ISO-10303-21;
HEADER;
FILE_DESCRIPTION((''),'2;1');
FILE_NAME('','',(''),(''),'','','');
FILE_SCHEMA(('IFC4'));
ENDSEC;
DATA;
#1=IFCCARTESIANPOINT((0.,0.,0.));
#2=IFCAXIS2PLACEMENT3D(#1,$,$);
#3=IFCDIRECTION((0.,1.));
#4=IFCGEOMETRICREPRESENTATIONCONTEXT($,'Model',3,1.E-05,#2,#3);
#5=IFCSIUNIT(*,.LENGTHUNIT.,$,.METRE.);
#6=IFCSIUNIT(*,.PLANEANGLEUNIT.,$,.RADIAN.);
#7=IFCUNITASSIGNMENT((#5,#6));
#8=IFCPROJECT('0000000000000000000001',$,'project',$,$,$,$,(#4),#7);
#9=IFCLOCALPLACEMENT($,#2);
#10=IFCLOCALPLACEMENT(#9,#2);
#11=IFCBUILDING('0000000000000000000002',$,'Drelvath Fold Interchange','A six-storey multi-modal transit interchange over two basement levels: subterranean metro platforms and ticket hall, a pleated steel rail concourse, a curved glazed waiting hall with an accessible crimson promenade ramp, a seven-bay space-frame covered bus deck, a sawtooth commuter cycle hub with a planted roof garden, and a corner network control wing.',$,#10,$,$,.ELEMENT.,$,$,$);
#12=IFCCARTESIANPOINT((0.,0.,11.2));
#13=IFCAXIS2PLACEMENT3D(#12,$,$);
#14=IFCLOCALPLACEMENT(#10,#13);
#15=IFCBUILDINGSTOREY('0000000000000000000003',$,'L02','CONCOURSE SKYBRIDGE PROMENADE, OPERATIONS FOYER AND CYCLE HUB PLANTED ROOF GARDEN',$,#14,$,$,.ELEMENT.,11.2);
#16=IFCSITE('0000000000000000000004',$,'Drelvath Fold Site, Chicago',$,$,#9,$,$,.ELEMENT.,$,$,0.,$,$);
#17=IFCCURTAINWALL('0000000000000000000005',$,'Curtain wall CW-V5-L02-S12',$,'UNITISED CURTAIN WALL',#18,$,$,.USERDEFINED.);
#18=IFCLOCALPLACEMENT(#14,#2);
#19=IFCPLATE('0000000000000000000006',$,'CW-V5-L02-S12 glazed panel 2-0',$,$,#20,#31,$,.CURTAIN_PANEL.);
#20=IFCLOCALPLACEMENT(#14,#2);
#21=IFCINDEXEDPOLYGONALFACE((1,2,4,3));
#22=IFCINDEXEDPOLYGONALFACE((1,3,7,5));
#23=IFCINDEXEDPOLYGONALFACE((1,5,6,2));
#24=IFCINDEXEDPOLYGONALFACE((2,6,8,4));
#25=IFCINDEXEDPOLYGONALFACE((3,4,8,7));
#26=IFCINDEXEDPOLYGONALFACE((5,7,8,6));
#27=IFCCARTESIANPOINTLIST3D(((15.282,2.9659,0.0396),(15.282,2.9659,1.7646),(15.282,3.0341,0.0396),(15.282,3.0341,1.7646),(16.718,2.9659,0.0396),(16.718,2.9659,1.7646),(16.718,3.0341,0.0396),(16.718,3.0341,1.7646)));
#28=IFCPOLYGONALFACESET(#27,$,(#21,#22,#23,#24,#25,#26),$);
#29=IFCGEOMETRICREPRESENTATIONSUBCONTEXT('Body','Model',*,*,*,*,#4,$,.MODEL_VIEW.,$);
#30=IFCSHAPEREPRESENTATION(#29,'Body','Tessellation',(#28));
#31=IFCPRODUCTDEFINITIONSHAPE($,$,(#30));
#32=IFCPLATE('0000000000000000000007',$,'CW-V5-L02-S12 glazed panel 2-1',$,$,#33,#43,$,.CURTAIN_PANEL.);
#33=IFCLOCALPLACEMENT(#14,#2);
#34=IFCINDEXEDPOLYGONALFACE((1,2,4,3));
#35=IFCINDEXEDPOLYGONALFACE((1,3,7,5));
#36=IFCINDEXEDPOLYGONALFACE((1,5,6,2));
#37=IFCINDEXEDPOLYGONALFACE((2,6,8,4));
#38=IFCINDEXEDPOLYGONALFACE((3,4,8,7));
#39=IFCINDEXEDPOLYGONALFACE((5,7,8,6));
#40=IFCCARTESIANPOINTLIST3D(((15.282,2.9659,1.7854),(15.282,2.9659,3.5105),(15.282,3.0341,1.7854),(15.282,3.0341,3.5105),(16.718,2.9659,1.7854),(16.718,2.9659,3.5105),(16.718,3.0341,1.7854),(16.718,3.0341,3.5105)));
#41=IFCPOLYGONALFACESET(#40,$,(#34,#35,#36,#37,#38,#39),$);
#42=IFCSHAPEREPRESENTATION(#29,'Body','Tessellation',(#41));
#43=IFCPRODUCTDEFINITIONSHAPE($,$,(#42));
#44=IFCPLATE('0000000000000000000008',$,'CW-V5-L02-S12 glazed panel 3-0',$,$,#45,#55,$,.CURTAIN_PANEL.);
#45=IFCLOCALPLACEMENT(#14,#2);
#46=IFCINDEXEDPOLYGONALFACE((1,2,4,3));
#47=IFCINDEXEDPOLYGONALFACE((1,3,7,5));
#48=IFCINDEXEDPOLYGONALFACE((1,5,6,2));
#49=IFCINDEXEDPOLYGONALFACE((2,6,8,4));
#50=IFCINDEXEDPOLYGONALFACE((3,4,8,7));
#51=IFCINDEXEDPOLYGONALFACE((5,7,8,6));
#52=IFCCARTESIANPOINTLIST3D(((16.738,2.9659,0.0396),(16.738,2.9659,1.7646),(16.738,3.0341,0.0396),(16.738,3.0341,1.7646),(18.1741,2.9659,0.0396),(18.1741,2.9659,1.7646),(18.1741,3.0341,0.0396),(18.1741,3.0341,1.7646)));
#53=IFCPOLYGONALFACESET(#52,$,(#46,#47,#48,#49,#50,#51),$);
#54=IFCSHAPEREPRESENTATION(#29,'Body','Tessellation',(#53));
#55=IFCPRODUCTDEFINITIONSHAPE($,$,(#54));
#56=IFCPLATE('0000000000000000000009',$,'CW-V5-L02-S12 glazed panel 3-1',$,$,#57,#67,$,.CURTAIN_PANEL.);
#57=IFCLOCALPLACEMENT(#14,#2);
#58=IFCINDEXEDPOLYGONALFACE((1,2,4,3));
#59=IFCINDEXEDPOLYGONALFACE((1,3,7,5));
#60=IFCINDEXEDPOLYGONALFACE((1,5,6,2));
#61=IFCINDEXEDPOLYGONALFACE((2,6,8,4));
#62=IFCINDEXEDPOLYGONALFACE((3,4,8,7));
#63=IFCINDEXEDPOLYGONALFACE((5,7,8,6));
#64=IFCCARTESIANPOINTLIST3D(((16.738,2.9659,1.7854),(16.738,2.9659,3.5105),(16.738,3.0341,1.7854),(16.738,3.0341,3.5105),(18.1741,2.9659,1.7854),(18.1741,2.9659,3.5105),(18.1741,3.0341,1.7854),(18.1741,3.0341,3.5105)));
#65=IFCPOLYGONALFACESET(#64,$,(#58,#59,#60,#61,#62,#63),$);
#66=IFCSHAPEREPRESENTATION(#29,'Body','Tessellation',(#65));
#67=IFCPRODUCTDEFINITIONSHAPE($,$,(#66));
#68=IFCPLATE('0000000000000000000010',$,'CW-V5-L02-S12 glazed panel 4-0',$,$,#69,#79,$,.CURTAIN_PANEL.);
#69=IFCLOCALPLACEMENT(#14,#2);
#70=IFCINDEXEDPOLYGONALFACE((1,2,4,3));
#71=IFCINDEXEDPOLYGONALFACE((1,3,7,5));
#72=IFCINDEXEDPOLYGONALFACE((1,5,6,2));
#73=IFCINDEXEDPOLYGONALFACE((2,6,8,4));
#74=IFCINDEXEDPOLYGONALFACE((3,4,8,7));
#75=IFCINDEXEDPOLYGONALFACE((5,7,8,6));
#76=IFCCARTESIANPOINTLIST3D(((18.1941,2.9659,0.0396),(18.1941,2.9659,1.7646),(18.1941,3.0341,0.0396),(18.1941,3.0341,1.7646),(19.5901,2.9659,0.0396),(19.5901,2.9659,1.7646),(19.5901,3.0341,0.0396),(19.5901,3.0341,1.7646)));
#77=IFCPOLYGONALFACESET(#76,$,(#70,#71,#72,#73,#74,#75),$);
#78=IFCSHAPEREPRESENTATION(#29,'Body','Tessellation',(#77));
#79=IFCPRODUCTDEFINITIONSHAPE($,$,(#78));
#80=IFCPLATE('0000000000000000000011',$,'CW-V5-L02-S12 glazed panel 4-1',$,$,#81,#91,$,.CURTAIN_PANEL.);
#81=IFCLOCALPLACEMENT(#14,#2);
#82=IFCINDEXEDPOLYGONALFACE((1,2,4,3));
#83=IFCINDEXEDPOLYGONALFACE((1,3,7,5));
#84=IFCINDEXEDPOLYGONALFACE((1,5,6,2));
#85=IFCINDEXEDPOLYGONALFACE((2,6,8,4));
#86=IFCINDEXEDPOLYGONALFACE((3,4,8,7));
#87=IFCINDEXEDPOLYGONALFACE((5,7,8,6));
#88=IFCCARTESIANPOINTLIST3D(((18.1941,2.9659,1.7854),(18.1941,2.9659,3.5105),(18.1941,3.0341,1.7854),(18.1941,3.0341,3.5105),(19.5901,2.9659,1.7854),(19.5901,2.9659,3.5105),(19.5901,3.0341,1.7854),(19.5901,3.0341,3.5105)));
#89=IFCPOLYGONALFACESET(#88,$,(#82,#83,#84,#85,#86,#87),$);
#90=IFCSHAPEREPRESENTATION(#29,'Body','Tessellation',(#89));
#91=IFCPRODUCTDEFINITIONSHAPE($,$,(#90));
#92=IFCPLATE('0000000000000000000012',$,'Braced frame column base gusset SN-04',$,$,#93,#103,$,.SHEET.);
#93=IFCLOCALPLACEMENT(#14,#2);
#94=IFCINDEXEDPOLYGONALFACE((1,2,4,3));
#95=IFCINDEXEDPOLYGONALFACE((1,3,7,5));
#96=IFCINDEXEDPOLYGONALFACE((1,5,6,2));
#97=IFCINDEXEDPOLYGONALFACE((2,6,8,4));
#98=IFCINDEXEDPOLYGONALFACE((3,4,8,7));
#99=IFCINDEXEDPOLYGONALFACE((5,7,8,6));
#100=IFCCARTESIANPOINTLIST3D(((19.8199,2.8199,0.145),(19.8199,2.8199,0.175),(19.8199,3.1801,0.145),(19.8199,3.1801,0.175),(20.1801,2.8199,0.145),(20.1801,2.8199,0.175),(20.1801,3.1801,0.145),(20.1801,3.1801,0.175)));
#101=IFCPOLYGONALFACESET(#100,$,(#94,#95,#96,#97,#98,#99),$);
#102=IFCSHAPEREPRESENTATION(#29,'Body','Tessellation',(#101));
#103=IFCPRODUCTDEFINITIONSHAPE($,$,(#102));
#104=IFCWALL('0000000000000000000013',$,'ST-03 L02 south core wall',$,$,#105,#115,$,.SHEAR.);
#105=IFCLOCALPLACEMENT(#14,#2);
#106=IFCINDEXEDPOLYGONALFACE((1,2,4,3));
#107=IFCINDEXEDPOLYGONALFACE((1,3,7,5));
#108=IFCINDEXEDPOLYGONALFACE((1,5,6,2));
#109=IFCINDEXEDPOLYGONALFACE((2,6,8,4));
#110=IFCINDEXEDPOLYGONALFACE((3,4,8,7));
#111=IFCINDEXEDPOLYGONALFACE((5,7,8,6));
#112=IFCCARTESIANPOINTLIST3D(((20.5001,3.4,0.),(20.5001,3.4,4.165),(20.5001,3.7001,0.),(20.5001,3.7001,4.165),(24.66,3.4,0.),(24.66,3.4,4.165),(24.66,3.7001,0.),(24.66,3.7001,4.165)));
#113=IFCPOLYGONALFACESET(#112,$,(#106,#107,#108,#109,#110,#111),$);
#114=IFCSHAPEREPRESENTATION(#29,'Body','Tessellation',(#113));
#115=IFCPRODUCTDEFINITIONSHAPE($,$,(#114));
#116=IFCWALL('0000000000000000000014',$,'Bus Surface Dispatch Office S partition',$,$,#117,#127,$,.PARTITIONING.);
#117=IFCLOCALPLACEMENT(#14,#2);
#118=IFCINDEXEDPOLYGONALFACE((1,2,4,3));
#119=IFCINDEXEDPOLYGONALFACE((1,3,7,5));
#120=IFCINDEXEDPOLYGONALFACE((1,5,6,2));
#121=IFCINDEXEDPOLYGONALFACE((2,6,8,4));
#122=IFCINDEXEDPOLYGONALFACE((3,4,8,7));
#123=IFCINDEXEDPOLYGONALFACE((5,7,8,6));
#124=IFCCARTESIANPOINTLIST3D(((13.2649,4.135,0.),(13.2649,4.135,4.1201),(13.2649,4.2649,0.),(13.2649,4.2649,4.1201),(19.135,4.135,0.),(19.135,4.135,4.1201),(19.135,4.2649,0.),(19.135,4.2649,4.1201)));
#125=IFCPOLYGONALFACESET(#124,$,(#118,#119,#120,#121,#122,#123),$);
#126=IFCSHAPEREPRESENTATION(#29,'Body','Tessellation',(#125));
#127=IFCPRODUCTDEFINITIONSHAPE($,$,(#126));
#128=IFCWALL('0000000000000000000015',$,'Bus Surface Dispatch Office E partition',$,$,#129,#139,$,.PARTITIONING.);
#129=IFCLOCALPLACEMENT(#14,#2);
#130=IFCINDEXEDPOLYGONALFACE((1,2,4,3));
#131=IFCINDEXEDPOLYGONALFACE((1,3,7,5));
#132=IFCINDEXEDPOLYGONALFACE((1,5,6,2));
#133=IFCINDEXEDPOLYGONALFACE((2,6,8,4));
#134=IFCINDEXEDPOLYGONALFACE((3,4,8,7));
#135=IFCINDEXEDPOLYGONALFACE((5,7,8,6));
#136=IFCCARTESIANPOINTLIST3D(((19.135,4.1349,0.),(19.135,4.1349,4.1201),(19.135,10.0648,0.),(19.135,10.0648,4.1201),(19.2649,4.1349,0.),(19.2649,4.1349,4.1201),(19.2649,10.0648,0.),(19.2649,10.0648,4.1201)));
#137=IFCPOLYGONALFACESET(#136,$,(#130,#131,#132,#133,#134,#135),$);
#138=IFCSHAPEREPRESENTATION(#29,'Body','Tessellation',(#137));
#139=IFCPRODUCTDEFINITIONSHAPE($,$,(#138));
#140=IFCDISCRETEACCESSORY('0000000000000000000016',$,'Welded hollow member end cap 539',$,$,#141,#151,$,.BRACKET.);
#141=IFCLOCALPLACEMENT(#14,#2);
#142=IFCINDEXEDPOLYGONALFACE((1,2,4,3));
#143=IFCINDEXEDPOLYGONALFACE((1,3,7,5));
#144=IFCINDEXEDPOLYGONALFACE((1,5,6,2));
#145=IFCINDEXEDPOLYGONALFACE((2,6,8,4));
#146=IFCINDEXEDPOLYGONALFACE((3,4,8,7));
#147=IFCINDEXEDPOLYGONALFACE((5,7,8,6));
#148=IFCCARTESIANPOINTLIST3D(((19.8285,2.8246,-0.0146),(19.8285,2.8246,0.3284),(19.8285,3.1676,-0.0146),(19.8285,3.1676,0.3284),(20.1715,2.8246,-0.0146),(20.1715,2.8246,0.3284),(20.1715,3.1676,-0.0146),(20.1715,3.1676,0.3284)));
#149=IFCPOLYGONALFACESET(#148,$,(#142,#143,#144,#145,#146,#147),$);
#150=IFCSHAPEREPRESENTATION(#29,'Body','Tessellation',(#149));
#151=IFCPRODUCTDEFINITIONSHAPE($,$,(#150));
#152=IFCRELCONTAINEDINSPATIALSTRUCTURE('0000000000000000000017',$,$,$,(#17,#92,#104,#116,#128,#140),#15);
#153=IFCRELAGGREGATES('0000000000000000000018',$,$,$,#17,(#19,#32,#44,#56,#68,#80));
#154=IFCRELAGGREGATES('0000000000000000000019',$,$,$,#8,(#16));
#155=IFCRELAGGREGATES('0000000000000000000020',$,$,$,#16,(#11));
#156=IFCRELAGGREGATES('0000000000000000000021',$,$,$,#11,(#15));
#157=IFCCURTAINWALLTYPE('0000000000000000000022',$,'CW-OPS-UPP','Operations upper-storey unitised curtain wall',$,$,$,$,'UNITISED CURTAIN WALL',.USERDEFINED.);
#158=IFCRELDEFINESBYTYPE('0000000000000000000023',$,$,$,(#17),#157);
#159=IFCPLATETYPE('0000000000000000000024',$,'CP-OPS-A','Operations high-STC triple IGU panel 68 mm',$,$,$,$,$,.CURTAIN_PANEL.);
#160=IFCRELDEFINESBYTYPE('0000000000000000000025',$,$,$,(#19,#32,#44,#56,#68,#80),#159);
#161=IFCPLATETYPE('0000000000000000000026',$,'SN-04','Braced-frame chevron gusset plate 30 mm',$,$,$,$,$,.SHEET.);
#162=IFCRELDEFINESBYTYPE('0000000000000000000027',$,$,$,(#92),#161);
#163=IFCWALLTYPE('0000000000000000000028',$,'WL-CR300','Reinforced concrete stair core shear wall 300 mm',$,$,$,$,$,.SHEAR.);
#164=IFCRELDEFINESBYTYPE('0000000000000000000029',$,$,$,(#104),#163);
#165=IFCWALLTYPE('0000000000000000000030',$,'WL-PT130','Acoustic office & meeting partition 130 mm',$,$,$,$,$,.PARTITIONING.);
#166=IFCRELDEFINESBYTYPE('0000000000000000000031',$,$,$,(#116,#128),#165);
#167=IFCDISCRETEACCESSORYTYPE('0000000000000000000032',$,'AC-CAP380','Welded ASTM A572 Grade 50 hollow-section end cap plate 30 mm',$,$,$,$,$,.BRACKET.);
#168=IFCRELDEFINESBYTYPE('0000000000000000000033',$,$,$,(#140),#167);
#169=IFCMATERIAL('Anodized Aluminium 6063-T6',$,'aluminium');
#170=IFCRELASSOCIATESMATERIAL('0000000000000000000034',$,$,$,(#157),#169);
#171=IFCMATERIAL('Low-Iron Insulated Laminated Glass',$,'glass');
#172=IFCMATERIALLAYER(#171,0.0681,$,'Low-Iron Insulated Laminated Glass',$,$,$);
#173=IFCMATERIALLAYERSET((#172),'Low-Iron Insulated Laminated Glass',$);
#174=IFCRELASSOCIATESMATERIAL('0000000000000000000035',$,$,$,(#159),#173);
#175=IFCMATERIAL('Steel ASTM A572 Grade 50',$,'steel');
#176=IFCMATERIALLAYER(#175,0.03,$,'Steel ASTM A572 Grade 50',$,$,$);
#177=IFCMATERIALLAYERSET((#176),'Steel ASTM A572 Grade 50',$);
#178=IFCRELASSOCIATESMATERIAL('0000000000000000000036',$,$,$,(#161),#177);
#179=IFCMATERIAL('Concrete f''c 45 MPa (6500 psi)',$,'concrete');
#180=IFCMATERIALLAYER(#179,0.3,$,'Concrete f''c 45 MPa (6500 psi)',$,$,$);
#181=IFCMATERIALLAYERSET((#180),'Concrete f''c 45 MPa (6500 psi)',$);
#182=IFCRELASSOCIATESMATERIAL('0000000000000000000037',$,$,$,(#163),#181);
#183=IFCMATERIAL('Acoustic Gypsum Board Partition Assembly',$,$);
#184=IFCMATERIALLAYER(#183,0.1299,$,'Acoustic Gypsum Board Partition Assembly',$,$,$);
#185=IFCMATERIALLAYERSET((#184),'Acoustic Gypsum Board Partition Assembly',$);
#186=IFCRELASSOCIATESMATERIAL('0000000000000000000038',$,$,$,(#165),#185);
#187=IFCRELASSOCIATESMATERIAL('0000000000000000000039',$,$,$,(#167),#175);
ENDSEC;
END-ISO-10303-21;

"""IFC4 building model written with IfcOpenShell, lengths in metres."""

from ifc_helpers import new_model, si_unit, direction, frame, frame_2d, origin, origin_2d, place, context, subcontext, project, spatial, rectangle, extrude, material, layer, layer_set, type_object, element, aggregate, save


model = new_model("IFC4")

# Units and contexts
model_context = context("Model", 3, precision=1e-05, world=origin(), true_north=direction((0.0, 1.0)))
body_context = subcontext(model_context, "Body", "Model", "MODEL_VIEW")
ifc_project = project(units=[si_unit("LENGTHUNIT", "METRE"), si_unit("PLANEANGLEUNIT", "RADIAN")], contexts=[model_context])

# Site, building, storey
site_placement = place(None, origin())
site = spatial("IfcSite", under=ifc_project, at=site_placement, Name="Drelvath Fold Site, Chicago", CompositionType="ELEMENT", RefElevation=0.0)
building_placement = place(site_placement, origin())
building = spatial("IfcBuilding", under=site, at=building_placement, Name="Drelvath Fold Interchange", Description="A six-storey multi-modal transit interchange over two basement levels: subterranean metro platforms and ticket hall, a pleated steel rail concourse, a curved glazed waiting hall with an accessible crimson promenade ramp, a seven-bay space-frame covered bus deck, a sawtooth commuter cycle hub with a planted roof garden, and a corner network control wing.", CompositionType="ELEMENT")
storey_placement = place(building_placement, frame((0.0, 0.0, 11.2)))
storey = spatial("IfcBuildingStorey", under=building, at=storey_placement, Name="L02", Description="CONCOURSE SKYBRIDGE PROMENADE, OPERATIONS FOYER AND CYCLE HUB PLANTED ROOF GARDEN", CompositionType="ELEMENT", Elevation=11.2)

# Curtain wall, plates
ifc_material_1 = material(Name="Anodized Aluminium 6063-T6", Category="aluminium")
curtain_wall_type = type_object("IfcCurtainWallType", Name="CW-OPS-UPP", Description="Operations upper-storey unitised curtain wall", ElementType="UNITISED CURTAIN WALL", PredefinedType="USERDEFINED", material=ifc_material_1)
curtain_wall_placement = place(storey_placement, origin())
curtain_wall = element("IfcCurtainWall", 1, at=curtain_wall_placement, inside=storey, type_object=curtain_wall_type, Name="Curtain wall CW-V5-L02-S12", ObjectType="UNITISED CURTAIN WALL", PredefinedType="USERDEFINED")
ifc_material_2 = material(Name="Low-Iron Insulated Laminated Glass", Category="glass")
ifc_layer_1 = layer(ifc_material_2, 0.0681, Name="Low-Iron Insulated Laminated Glass")
ifc_layer_set_1 = layer_set([ifc_layer_1], Name="Low-Iron Insulated Laminated Glass")
plate_type_1 = type_object("IfcPlateType", Name="CP-OPS-A", Description="Operations high-STC triple IGU panel 68 mm", PredefinedType="CURTAIN_PANEL", material=ifc_layer_set_1)
plate_1_placement = place(storey_placement, frame((16.0, 3.0, 0.0396), z_axis=(0.0, 0.0, 1.0), x_axis=(1.0, 0.0, 0.0)))
plate_1 = element("IfcPlate", 2, at=plate_1_placement, type_object=plate_type_1, Name="CW-V5-L02-S12 glazed panel 2-0", PredefinedType="CURTAIN_PANEL", context=body_context, shape_type="SweptSolid", body=[
    extrude(rectangle(XDim=1.436, YDim=0.0681, at=origin_2d()), origin(), (0.0, 0.0, 1.0), 1.7251),
])
plate_2_placement = place(storey_placement, frame((16.0, 3.0, 1.7854), z_axis=(0.0, 0.0, 1.0), x_axis=(1.0, 0.0, 0.0)))
plate_2 = element("IfcPlate", 3, at=plate_2_placement, type_object=plate_type_1, Name="CW-V5-L02-S12 glazed panel 2-1", PredefinedType="CURTAIN_PANEL", context=body_context, shape_type="SweptSolid", body=[
    extrude(rectangle(XDim=1.436, YDim=0.0681, at=origin_2d()), origin(), (0.0, 0.0, 1.0), 1.7251),
])
plate_3_placement = place(storey_placement, frame((17.4561, 3.0, 0.0396), z_axis=(0.0, 0.0, 1.0), x_axis=(1.0, 0.0, 0.0)))
plate_3 = element("IfcPlate", 4, at=plate_3_placement, type_object=plate_type_1, Name="CW-V5-L02-S12 glazed panel 3-0", PredefinedType="CURTAIN_PANEL", context=body_context, shape_type="SweptSolid", body=[
    extrude(rectangle(XDim=1.436, YDim=0.0681, at=origin_2d()), origin(), (0.0, 0.0, 1.0), 1.7251),
])
plate_4_placement = place(storey_placement, frame((17.4561, 3.0, 1.7854), z_axis=(0.0, 0.0, 1.0), x_axis=(1.0, 0.0, 0.0)))
plate_4 = element("IfcPlate", 5, at=plate_4_placement, type_object=plate_type_1, Name="CW-V5-L02-S12 glazed panel 3-1", PredefinedType="CURTAIN_PANEL", context=body_context, shape_type="SweptSolid", body=[
    extrude(rectangle(XDim=1.436, YDim=0.0681, at=origin_2d()), origin(), (0.0, 0.0, 1.0), 1.7251),
])
plate_5_placement = place(storey_placement, frame((18.8921, 3.0, 0.0396), z_axis=(0.0, 0.0, 1.0), x_axis=(1.0, 0.0, 0.0)))
plate_5 = element("IfcPlate", 6, at=plate_5_placement, type_object=plate_type_1, Name="CW-V5-L02-S12 glazed panel 4-0", PredefinedType="CURTAIN_PANEL", context=body_context, shape_type="SweptSolid", body=[
    extrude(rectangle(XDim=1.396, YDim=0.0681, at=origin_2d()), origin(), (0.0, 0.0, 1.0), 1.7251),
])
plate_6_placement = place(storey_placement, frame((18.8921, 3.0, 1.7854), z_axis=(0.0, 0.0, 1.0), x_axis=(1.0, 0.0, 0.0)))
plate_6 = element("IfcPlate", 7, at=plate_6_placement, type_object=plate_type_1, Name="CW-V5-L02-S12 glazed panel 4-1", PredefinedType="CURTAIN_PANEL", context=body_context, shape_type="SweptSolid", body=[
    extrude(rectangle(XDim=1.396, YDim=0.0681, at=origin_2d()), origin(), (0.0, 0.0, 1.0), 1.7251),
])
aggregate(curtain_wall, [plate_1, plate_2, plate_3, plate_4, plate_5, plate_6])

# Plate
ifc_material_3 = material(Name="Steel ASTM A572 Grade 50", Category="steel")
ifc_layer_2 = layer(ifc_material_3, 0.03, Name="Steel ASTM A572 Grade 50")
ifc_layer_set_2 = layer_set([ifc_layer_2], Name="Steel ASTM A572 Grade 50")
plate_type_2 = type_object("IfcPlateType", Name="SN-04", Description="Braced-frame chevron gusset plate 30 mm", PredefinedType="SHEET", material=ifc_layer_set_2)
plate_7_placement = place(storey_placement, frame((20.0, 3.0, 0.145), z_axis=(0.0, 0.0, 1.0), x_axis=(1.0, 0.0, 0.0)))
element("IfcPlate", 8, at=plate_7_placement, inside=storey, type_object=plate_type_2, Name="Braced frame column base gusset SN-04", PredefinedType="SHEET", context=body_context, shape_type="SweptSolid", body=[
    extrude(rectangle(XDim=0.3601, YDim=0.3601, at=origin_2d()), origin(), (0.0, 0.0, 1.0), 0.03),
])

# Walls
ifc_material_4 = material(Name="Concrete f'c 45 MPa (6500 psi)", Category="concrete")
ifc_layer_3 = layer(ifc_material_4, 0.3, Name="Concrete f'c 45 MPa (6500 psi)")
ifc_layer_set_3 = layer_set([ifc_layer_3], Name="Concrete f'c 45 MPa (6500 psi)")
wall_type_1 = type_object("IfcWallType", Name="WL-CR300", Description="Reinforced concrete stair core shear wall 300 mm", PredefinedType="SHEAR", material=ifc_layer_set_3)
wall_1_placement = place(storey_placement, frame((20.5, 3.55, 0.0), z_axis=(0.0, 0.0, 1.0), x_axis=(1.0, 0.0, 0.0)))
element("IfcWall", 9, at=wall_1_placement, inside=storey, type_object=wall_type_1, Name="ST-03 L02 south core wall", PredefinedType="SHEAR", context=body_context, shape_type="SweptSolid", body=[
    extrude(rectangle(XDim=4.1599, YDim=0.3, at=frame_2d((2.0801, 0.0))), origin(), (0.0, 0.0, 1.0), 4.165),
])
ifc_material_5 = material(Name="Acoustic Gypsum Board Partition Assembly")
ifc_layer_4 = layer(ifc_material_5, 0.1299, Name="Acoustic Gypsum Board Partition Assembly")
ifc_layer_set_4 = layer_set([ifc_layer_4], Name="Acoustic Gypsum Board Partition Assembly")
wall_type_2 = type_object("IfcWallType", Name="WL-PT130", Description="Acoustic office & meeting partition 130 mm", PredefinedType="PARTITIONING", material=ifc_layer_set_4)
wall_2_placement = place(storey_placement, frame((13.2649, 4.2, 0.0), z_axis=(0.0, 0.0, 1.0), x_axis=(1.0, 0.0, 0.0)))
element("IfcWall", 10, at=wall_2_placement, inside=storey, type_object=wall_type_2, Name="Bus Surface Dispatch Office S partition", PredefinedType="PARTITIONING", context=body_context, shape_type="SweptSolid", body=[
    extrude(rectangle(XDim=5.8701, YDim=0.1299, at=frame_2d((2.9351, 0.0))), origin(), (0.0, 0.0, 1.0), 4.1201),
])
wall_3_placement = place(storey_placement, frame((19.2, 4.135, 0.0), z_axis=(0.0, 0.0, 1.0), x_axis=(0.0, 1.0, 0.0)))
element("IfcWall", 11, at=wall_3_placement, inside=storey, type_object=wall_type_2, Name="Bus Surface Dispatch Office E partition", PredefinedType="PARTITIONING", context=body_context, shape_type="SweptSolid", body=[
    extrude(rectangle(XDim=5.9299, YDim=0.1299, at=frame_2d((2.9648, 0.0))), origin(), (0.0, 0.0, 1.0), 4.1201),
])

# Discrete accessory
discrete_accessory_type = type_object("IfcDiscreteAccessoryType", Name="AC-CAP380", Description="Welded ASTM A572 Grade 50 hollow-section end cap plate 30 mm", PredefinedType="BRACKET", material=ifc_material_3)
discrete_accessory_placement = place(storey_placement, frame((20.0, 2.9961, -0.0146), z_axis=(0.0, 0.0, 1.0), x_axis=(1.0, 0.0, 0.0)))
element("IfcDiscreteAccessory", 12, at=discrete_accessory_placement, inside=storey, type_object=discrete_accessory_type, Name="Welded hollow member end cap 539", PredefinedType="BRACKET", context=body_context, shape_type="SweptSolid", body=[
    extrude(rectangle(XDim=0.343, YDim=0.343, at=origin_2d()), origin(), (0.0, 0.0, 1.0), 0.343),
])

save(model, "model.ifc")
